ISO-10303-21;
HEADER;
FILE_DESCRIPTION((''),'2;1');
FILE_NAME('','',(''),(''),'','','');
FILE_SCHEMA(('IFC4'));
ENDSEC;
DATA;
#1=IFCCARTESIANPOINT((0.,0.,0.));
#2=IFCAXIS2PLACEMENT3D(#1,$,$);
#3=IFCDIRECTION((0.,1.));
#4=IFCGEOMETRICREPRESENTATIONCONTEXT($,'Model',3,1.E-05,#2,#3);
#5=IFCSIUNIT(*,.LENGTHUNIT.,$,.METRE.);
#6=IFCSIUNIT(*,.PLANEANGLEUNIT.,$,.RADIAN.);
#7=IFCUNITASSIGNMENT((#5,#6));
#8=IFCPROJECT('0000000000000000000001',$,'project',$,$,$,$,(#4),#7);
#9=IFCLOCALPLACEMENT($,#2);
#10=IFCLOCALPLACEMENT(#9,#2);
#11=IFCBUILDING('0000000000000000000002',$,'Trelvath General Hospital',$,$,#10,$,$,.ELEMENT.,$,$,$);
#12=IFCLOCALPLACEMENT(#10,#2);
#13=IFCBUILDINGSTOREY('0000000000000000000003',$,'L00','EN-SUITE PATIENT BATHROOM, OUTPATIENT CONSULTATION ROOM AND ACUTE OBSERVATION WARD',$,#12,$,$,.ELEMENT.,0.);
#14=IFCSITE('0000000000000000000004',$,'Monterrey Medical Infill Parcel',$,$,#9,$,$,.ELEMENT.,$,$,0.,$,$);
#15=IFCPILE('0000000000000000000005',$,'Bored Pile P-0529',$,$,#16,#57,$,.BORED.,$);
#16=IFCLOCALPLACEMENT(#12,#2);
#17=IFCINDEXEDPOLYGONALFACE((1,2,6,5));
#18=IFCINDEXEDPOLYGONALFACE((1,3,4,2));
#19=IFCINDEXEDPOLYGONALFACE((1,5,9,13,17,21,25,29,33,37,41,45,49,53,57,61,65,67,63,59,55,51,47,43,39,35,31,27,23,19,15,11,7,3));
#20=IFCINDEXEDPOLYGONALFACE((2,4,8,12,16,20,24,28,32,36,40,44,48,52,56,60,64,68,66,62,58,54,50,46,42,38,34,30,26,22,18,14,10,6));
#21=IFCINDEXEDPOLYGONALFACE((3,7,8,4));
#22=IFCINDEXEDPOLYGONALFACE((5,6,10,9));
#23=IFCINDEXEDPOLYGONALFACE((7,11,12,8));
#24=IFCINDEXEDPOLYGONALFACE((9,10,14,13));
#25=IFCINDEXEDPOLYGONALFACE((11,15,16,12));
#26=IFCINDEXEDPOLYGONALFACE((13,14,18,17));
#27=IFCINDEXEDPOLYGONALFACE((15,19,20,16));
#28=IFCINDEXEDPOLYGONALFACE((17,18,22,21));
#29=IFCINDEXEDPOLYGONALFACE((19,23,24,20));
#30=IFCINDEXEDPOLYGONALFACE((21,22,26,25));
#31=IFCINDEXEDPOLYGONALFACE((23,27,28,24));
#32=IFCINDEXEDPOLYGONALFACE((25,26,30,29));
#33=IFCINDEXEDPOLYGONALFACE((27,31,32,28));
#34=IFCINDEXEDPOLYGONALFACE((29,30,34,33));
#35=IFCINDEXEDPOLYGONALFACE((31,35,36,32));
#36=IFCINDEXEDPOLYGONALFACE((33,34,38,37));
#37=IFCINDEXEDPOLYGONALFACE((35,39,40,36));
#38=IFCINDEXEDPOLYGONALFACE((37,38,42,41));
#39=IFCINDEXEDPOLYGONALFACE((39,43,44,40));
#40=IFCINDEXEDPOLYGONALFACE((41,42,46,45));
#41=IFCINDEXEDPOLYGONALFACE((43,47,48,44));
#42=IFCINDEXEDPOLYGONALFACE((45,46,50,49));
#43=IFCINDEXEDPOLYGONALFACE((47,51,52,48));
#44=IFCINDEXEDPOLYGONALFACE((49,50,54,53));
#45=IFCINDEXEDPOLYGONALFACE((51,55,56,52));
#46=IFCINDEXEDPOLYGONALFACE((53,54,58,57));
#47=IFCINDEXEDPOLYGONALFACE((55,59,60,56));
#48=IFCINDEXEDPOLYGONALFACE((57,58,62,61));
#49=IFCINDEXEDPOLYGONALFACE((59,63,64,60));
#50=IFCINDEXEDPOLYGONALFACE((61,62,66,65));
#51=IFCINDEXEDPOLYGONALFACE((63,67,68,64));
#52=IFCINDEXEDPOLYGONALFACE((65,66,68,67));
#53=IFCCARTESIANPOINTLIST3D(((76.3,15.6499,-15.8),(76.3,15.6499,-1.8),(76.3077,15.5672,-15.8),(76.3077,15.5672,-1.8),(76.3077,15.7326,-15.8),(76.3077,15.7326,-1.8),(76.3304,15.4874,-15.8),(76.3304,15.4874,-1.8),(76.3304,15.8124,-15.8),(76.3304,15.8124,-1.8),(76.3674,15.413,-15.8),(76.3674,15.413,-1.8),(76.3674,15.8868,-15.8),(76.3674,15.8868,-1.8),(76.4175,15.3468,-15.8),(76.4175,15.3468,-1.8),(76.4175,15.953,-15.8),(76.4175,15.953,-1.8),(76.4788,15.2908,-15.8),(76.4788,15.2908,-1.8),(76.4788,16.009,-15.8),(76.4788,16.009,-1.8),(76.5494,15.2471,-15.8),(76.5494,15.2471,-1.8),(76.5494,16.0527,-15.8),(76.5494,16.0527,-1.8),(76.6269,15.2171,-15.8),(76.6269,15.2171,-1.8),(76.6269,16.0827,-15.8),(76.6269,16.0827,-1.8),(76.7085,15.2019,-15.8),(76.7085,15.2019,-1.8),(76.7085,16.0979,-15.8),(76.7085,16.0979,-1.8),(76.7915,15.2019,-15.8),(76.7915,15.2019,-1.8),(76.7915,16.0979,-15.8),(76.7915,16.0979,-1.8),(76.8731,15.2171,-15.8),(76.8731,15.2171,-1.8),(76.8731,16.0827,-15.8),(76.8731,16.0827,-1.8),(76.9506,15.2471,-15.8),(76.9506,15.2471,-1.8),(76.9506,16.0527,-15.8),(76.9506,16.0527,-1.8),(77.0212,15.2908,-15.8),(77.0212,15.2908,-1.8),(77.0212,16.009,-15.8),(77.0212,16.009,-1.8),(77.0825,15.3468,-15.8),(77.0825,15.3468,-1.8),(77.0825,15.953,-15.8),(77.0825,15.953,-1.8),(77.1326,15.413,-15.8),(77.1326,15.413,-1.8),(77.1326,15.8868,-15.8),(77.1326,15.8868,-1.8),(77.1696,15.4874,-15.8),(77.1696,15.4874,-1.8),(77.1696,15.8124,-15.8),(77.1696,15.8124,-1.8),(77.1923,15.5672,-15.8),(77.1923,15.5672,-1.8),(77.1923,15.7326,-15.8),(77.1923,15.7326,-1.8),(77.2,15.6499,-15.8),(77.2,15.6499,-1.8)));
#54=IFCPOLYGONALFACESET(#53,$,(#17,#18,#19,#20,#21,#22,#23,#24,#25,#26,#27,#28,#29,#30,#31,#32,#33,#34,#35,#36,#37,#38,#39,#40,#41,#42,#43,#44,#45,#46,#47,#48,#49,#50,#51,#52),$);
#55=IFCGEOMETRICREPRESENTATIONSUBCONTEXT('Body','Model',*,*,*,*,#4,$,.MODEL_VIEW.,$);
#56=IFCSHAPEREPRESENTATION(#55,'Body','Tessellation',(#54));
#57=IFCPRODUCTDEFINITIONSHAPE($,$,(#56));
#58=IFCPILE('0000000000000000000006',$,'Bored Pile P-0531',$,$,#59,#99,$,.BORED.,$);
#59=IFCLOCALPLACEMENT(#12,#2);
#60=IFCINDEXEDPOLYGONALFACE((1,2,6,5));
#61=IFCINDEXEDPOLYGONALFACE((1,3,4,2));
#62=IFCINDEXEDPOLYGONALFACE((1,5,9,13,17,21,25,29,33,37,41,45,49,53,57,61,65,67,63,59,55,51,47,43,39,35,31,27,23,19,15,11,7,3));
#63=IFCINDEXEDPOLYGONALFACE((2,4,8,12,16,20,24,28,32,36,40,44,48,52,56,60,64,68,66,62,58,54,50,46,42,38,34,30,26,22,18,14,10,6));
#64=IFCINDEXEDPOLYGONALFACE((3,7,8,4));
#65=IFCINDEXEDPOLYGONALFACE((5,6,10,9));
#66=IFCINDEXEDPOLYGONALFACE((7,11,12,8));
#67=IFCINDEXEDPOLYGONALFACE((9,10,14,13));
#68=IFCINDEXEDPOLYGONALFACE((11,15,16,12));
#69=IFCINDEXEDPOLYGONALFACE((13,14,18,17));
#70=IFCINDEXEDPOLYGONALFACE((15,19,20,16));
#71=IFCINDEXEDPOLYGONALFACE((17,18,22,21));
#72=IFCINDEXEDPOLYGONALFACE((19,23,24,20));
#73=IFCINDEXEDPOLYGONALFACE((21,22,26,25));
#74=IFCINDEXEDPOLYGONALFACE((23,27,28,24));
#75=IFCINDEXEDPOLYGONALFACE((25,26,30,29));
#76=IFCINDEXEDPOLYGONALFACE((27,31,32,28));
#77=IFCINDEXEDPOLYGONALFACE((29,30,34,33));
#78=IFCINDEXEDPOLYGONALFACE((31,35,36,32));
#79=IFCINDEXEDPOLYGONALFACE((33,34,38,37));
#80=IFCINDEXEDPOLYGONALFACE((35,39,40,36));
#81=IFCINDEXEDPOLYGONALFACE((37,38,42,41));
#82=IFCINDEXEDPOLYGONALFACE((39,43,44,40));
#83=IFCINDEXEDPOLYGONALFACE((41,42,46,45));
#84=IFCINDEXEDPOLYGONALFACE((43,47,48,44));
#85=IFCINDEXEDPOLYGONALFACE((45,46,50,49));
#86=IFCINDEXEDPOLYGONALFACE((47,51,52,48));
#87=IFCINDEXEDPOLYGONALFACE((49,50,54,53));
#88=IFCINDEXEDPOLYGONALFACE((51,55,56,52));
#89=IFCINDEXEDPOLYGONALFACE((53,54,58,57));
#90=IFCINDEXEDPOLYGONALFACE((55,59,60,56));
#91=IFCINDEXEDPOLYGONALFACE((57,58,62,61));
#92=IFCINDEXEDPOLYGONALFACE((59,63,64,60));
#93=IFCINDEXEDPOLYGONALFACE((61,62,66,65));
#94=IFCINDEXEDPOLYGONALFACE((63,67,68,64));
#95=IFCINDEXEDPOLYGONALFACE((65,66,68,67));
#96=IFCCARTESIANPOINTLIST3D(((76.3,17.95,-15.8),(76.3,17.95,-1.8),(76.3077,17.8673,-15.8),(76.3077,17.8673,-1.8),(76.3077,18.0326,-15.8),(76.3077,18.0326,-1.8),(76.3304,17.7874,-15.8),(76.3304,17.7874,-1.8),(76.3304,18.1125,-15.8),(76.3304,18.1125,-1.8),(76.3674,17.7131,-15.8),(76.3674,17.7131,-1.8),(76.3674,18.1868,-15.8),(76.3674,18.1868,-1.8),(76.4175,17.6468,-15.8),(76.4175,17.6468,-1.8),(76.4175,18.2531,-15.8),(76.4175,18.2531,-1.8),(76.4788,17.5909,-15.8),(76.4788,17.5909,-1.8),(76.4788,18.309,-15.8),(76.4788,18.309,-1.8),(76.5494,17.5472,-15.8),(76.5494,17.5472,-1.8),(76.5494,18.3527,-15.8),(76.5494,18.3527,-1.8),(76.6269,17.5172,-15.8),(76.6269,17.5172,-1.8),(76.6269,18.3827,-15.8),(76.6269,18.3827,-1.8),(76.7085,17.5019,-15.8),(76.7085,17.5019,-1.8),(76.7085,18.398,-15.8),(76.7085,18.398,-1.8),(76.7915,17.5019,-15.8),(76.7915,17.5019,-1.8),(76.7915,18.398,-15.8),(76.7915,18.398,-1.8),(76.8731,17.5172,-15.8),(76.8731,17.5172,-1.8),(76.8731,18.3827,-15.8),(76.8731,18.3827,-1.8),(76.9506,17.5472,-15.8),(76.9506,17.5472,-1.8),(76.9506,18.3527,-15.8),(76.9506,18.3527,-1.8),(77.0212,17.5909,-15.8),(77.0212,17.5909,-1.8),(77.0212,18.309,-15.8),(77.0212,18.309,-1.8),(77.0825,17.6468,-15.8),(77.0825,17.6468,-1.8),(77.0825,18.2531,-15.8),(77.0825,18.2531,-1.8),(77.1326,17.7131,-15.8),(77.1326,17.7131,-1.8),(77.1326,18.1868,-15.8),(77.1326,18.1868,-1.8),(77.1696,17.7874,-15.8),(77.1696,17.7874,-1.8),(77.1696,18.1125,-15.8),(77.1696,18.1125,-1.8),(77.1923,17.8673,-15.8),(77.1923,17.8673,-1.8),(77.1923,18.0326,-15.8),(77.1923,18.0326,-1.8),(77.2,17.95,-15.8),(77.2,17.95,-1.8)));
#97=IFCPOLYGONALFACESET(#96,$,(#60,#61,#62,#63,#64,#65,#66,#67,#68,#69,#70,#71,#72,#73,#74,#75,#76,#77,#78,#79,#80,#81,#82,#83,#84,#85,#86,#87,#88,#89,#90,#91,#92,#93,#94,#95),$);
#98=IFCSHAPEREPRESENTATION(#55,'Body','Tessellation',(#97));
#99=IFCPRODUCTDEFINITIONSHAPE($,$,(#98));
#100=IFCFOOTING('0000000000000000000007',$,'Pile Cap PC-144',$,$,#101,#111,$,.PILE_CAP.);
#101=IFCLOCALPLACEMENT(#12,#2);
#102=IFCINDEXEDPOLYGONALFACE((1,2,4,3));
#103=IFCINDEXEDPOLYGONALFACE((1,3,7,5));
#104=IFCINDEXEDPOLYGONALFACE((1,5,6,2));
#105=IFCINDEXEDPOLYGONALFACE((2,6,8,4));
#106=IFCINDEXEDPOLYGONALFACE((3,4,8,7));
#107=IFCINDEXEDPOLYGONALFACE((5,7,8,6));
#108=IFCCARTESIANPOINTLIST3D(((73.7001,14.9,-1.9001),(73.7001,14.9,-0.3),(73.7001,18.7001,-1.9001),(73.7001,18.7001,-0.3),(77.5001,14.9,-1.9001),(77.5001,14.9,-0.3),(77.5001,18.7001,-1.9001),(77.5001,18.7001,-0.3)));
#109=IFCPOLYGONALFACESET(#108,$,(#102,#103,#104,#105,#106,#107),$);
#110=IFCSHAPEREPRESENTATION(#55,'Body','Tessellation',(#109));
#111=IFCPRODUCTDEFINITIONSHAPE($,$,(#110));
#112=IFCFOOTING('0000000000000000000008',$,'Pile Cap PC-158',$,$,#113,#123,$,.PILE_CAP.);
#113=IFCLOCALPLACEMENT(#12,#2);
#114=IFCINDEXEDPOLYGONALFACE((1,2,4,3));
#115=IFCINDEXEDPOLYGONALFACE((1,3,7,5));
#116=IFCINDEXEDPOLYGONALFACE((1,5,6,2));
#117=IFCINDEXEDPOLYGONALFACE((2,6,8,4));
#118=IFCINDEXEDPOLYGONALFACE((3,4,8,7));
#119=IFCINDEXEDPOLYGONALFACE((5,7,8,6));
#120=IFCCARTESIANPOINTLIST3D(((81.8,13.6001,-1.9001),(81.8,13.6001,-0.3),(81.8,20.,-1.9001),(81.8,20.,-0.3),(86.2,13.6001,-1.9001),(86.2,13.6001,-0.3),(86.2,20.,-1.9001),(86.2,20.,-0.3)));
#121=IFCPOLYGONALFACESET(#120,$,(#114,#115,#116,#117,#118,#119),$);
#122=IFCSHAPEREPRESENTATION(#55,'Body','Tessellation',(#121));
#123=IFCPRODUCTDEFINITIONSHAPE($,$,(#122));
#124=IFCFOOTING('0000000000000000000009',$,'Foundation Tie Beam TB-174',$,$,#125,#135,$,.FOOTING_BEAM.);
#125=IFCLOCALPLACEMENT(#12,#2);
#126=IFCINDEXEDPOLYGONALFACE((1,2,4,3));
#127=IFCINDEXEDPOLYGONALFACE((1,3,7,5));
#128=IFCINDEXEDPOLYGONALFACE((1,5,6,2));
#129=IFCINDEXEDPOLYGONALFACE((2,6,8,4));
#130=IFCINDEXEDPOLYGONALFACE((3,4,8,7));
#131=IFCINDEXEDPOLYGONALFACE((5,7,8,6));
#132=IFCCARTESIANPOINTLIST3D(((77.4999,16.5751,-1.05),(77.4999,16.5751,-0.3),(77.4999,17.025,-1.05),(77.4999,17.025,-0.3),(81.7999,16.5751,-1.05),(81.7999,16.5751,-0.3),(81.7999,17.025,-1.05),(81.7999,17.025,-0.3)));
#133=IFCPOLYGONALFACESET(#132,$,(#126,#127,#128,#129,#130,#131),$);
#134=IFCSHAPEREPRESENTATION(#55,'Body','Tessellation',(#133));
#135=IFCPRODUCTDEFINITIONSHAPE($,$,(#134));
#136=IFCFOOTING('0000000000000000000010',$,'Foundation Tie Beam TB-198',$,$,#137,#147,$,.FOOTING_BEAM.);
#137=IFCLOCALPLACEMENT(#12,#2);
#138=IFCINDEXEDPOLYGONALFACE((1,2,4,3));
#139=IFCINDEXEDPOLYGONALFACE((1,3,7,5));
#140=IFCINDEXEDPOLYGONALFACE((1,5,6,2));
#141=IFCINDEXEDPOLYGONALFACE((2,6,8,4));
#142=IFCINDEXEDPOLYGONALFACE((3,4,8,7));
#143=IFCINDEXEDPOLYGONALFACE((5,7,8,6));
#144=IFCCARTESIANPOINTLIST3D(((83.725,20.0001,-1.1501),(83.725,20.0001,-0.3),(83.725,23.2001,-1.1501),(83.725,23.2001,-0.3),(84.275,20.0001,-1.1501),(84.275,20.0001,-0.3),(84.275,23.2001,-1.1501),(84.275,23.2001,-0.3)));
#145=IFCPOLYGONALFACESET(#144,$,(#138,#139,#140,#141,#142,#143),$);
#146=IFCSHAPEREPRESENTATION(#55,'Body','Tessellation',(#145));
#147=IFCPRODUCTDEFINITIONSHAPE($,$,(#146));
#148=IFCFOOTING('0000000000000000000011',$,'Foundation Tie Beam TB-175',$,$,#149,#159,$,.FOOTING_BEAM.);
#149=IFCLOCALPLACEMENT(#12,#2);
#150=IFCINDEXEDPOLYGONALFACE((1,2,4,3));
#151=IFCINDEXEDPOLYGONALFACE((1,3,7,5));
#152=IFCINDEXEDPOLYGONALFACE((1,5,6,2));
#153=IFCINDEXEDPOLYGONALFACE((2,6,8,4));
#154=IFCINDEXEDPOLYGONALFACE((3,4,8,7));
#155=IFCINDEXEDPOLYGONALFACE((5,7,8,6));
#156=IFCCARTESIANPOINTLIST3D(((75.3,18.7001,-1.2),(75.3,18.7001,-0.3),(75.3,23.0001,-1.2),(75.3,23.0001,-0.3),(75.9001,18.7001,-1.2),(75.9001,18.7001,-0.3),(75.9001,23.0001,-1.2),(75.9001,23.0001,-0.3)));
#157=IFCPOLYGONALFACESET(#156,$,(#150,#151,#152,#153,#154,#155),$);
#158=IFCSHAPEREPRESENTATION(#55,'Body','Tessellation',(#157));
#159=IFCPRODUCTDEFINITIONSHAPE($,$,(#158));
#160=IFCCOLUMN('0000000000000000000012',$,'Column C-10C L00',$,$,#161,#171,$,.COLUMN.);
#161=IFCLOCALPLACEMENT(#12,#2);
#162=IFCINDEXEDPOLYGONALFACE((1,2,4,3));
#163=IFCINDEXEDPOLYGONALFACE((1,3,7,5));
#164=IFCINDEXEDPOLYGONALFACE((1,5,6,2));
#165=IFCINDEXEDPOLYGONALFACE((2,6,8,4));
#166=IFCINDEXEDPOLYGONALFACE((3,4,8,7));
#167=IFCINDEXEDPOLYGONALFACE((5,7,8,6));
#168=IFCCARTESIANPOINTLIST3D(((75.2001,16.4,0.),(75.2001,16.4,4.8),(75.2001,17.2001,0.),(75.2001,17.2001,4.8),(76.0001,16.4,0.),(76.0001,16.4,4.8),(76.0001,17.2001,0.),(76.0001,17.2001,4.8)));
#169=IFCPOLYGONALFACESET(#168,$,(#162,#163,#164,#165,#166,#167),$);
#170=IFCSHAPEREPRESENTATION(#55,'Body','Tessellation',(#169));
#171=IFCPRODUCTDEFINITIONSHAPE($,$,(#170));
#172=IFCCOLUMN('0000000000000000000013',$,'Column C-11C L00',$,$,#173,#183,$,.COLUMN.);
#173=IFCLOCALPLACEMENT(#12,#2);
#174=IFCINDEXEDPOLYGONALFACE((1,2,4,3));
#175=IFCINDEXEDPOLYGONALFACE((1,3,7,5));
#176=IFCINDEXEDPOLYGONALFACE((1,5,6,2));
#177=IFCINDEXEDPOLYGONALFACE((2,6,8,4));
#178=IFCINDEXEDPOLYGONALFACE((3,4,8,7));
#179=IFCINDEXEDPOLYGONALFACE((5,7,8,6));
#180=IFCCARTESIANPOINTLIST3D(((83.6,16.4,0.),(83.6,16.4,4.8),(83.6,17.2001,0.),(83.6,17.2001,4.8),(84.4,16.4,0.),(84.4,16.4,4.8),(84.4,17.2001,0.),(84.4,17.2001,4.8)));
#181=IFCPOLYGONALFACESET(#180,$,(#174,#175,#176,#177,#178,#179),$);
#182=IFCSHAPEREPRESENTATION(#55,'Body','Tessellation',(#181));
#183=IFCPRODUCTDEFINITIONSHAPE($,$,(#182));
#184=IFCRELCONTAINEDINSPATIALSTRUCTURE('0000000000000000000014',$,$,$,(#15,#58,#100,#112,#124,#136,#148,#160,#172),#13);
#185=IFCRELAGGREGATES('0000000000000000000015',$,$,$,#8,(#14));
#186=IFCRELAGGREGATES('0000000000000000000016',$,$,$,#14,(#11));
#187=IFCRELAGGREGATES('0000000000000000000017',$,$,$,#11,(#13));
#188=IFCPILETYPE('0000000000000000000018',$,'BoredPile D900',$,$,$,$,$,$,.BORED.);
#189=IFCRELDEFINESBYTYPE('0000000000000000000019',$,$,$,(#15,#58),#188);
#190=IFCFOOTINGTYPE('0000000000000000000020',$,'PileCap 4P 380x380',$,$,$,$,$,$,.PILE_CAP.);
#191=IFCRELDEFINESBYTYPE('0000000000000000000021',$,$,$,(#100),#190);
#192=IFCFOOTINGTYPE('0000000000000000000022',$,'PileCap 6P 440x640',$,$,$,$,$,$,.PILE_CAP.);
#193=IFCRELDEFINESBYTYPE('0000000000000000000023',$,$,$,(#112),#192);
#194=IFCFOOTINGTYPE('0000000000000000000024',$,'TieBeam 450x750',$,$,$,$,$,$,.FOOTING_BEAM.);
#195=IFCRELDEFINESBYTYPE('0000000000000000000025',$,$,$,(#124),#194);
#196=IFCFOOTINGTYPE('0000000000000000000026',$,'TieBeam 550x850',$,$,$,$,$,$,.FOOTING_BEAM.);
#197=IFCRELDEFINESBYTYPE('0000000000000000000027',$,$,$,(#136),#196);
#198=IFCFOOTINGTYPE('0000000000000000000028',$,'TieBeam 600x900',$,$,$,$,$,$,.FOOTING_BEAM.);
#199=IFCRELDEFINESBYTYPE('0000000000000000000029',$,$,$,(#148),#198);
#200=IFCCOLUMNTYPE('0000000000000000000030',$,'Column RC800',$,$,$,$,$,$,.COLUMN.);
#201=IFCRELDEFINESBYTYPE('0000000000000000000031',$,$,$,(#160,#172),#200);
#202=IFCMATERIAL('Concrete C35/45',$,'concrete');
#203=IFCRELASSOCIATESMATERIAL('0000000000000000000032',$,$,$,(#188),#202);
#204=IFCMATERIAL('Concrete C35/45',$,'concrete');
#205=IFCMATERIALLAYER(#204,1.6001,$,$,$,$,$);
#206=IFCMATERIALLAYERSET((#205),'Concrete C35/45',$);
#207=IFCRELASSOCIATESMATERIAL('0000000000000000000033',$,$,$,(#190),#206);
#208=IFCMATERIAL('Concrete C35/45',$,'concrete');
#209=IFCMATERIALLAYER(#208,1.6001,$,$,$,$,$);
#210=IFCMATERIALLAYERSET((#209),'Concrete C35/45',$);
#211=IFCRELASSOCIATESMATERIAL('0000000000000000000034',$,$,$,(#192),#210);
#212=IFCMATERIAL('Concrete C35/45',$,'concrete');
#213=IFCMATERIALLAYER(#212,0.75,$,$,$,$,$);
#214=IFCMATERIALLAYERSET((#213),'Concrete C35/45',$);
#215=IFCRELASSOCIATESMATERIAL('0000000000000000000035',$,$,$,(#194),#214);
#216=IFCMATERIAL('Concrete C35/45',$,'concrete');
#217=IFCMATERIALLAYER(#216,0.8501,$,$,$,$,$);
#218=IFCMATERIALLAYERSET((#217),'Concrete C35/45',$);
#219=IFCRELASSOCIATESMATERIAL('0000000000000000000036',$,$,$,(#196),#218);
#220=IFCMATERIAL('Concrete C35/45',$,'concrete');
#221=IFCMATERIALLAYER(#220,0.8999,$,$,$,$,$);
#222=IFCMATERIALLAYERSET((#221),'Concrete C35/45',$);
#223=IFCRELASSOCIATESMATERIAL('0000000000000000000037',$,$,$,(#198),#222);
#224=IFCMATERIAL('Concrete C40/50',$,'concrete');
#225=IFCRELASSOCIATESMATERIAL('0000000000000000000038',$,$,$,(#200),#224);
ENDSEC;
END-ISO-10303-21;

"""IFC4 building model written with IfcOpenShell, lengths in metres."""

from ifc_helpers import new_model, si_unit, direction, frame, origin, origin_2d, place, context, subcontext, project, spatial, rectangle, circle, extrude, material, layer, layer_set, material_profile, profile_set, type_object, element, save


model = new_model("IFC4")

# Units and contexts
model_context = context("Model", 3, precision=1e-05, world=origin(), true_north=direction((0.0, 1.0)))
body_context = subcontext(model_context, "Body", "Model", "MODEL_VIEW")
ifc_project = project(units=[si_unit("LENGTHUNIT", "METRE"), si_unit("PLANEANGLEUNIT", "RADIAN")], contexts=[model_context])

# Site, building, storey
site_placement = place(None, origin())
site = spatial("IfcSite", under=ifc_project, at=site_placement, Name="Monterrey Medical Infill Parcel", CompositionType="ELEMENT", RefElevation=0.0)
building_placement = place(site_placement, origin())
building = spatial("IfcBuilding", under=site, at=building_placement, Name="Trelvath General Hospital", CompositionType="ELEMENT")
storey_placement = place(building_placement, origin())
storey = spatial("IfcBuildingStorey", under=building, at=storey_placement, Name="L00", Description="EN-SUITE PATIENT BATHROOM, OUTPATIENT CONSULTATION ROOM AND ACUTE OBSERVATION WARD", CompositionType="ELEMENT", Elevation=0.0)

# Piles
ifc_material_1 = material(Name="Concrete C35/45", Category="concrete")
ifc_material_profile_1 = material_profile(ifc_material_1, circle(Radius=0.45, at=origin_2d()), Name="PILE900")
ifc_profile_set_1 = profile_set([ifc_material_profile_1], Name="Concrete C35/45")
pile_type_1 = type_object("IfcPileType", Name="BoredPile D900", PredefinedType="BORED", material=ifc_profile_set_1)
for number, where, z_axis, x_axis, name in (
    (1, (76.75, 15.6499, -1.8), (0.0, 0.0, -1.0), (1.0, 0.0, 0.0), "Bored Pile P-0529"),
    (2, (76.75, 17.95, -1.8), (0.0, 0.0, -1.0), (1.0, 0.0, 0.0), "Bored Pile P-0531"),
):
    element("IfcPile", number, at=place(storey_placement, frame(where, z_axis=z_axis, x_axis=x_axis)), inside=storey, type_object=pile_type_1, Name=name, PredefinedType="BORED", context=body_context, shape_type="SweptSolid", body=[
        extrude(circle(Radius=0.45, at=origin_2d()), origin(), (0.0, 0.0, 1.0), 14.0),
    ])

# Footings
ifc_material_2 = material(Name="Concrete C35/45", Category="concrete")
ifc_layer_1 = layer(ifc_material_2, 1.6001)
ifc_layer_set_1 = layer_set([ifc_layer_1], Name="Concrete C35/45")
footing_type_1 = type_object("IfcFootingType", Name="PileCap 4P 380x380", PredefinedType="PILE_CAP", material=ifc_layer_set_1)
footing_1_placement = place(storey_placement, frame((75.6001, 16.8, -1.9001), z_axis=(0.0, 0.0, 1.0), x_axis=(1.0, 0.0, 0.0)))
element("IfcFooting", 3, at=footing_1_placement, inside=storey, type_object=footing_type_1, Name="Pile Cap PC-144", PredefinedType="PILE_CAP", context=body_context, shape_type="SweptSolid", body=[
    extrude(rectangle(XDim=3.8, YDim=3.8, at=origin_2d()), origin(), (0.0, 0.0, 1.0), 1.6001),
])
ifc_material_3 = material(Name="Concrete C35/45", Category="concrete")
ifc_layer_2 = layer(ifc_material_3, 1.6001)
ifc_layer_set_2 = layer_set([ifc_layer_2], Name="Concrete C35/45")
footing_type_2 = type_object("IfcFootingType", Name="PileCap 6P 440x640", PredefinedType="PILE_CAP", material=ifc_layer_set_2)
footing_2_placement = place(storey_placement, frame((84.0, 16.8, -1.9001), z_axis=(0.0, 0.0, 1.0), x_axis=(1.0, 0.0, 0.0)))
element("IfcFooting", 4, at=footing_2_placement, inside=storey, type_object=footing_type_2, Name="Pile Cap PC-158", PredefinedType="PILE_CAP", context=body_context, shape_type="SweptSolid", body=[
    extrude(rectangle(XDim=4.3999, YDim=6.3999, at=origin_2d()), origin(), (0.0, 0.0, 1.0), 1.6001),
])
ifc_material_4 = material(Name="Concrete C35/45", Category="concrete")
ifc_layer_3 = layer(ifc_material_4, 0.75)
ifc_layer_set_3 = layer_set([ifc_layer_3], Name="Concrete C35/45")
footing_type_3 = type_object("IfcFootingType", Name="TieBeam 450x750", PredefinedType="FOOTING_BEAM", material=ifc_layer_set_3)
footing_3_placement = place(storey_placement, frame((79.6499, 16.8, -1.05), z_axis=(0.0, 0.0, 1.0), x_axis=(1.0, 0.0, 0.0)))
element("IfcFooting", 5, at=footing_3_placement, inside=storey, type_object=footing_type_3, Name="Foundation Tie Beam TB-174", PredefinedType="FOOTING_BEAM", context=body_context, shape_type="SweptSolid", body=[
    extrude(rectangle(XDim=4.3, YDim=0.45, at=origin_2d()), origin(), (0.0, 0.0, 1.0), 0.75),
])
ifc_material_5 = material(Name="Concrete C35/45", Category="concrete")
ifc_layer_4 = layer(ifc_material_5, 0.8501)
ifc_layer_set_4 = layer_set([ifc_layer_4], Name="Concrete C35/45")
footing_type_4 = type_object("IfcFootingType", Name="TieBeam 550x850", PredefinedType="FOOTING_BEAM", material=ifc_layer_set_4)
footing_4_placement = place(storey_placement, frame((84.0, 21.6001, -1.1501), z_axis=(0.0, 0.0, 1.0), x_axis=(1.0, 0.0, 0.0)))
element("IfcFooting", 6, at=footing_4_placement, inside=storey, type_object=footing_type_4, Name="Foundation Tie Beam TB-198", PredefinedType="FOOTING_BEAM", context=body_context, shape_type="SweptSolid", body=[
    extrude(rectangle(XDim=0.55, YDim=3.2, at=origin_2d()), origin(), (0.0, 0.0, 1.0), 0.8501),
])
ifc_material_6 = material(Name="Concrete C35/45", Category="concrete")
ifc_layer_5 = layer(ifc_material_6, 0.8999)
ifc_layer_set_5 = layer_set([ifc_layer_5], Name="Concrete C35/45")
footing_type_5 = type_object("IfcFootingType", Name="TieBeam 600x900", PredefinedType="FOOTING_BEAM", material=ifc_layer_set_5)
footing_5_placement = place(storey_placement, frame((75.6001, 20.8501, -1.2), z_axis=(0.0, 0.0, 1.0), x_axis=(1.0, 0.0, 0.0)))
element("IfcFooting", 7, at=footing_5_placement, inside=storey, type_object=footing_type_5, Name="Foundation Tie Beam TB-175", PredefinedType="FOOTING_BEAM", context=body_context, shape_type="SweptSolid", body=[
    extrude(rectangle(XDim=0.6001, YDim=4.3, at=origin_2d()), origin(), (0.0, 0.0, 1.0), 0.8999),
])

# Columns
ifc_material_7 = material(Name="Concrete C40/50", Category="concrete")
ifc_material_profile_2 = material_profile(ifc_material_7, rectangle(XDim=0.8, YDim=0.8, at=origin_2d()), Name="RC800x800")
ifc_profile_set_2 = profile_set([ifc_material_profile_2], Name="Concrete C40/50")
column_type = type_object("IfcColumnType", Name="Column RC800", PredefinedType="COLUMN", material=ifc_profile_set_2)
for number, where, z_axis, x_axis, name in (
    (8, (75.6001, 16.8, 0.0), (0.0, 0.0, 1.0), (1.0, 0.0, 0.0), "Column C-10C L00"),
    (9, (84.0, 16.8, 0.0), (0.0, 0.0, 1.0), (1.0, 0.0, 0.0), "Column C-11C L00"),
):
    element("IfcColumn", number, at=place(storey_placement, frame(where, z_axis=z_axis, x_axis=x_axis)), inside=storey, type_object=column_type, Name=name, PredefinedType="COLUMN", context=body_context, shape_type="SweptSolid", body=[
        extrude(rectangle(XDim=0.8, YDim=0.8, at=origin_2d()), origin(), (0.0, 0.0, 1.0), 4.8),
    ])

save(model, "model.ifc")
